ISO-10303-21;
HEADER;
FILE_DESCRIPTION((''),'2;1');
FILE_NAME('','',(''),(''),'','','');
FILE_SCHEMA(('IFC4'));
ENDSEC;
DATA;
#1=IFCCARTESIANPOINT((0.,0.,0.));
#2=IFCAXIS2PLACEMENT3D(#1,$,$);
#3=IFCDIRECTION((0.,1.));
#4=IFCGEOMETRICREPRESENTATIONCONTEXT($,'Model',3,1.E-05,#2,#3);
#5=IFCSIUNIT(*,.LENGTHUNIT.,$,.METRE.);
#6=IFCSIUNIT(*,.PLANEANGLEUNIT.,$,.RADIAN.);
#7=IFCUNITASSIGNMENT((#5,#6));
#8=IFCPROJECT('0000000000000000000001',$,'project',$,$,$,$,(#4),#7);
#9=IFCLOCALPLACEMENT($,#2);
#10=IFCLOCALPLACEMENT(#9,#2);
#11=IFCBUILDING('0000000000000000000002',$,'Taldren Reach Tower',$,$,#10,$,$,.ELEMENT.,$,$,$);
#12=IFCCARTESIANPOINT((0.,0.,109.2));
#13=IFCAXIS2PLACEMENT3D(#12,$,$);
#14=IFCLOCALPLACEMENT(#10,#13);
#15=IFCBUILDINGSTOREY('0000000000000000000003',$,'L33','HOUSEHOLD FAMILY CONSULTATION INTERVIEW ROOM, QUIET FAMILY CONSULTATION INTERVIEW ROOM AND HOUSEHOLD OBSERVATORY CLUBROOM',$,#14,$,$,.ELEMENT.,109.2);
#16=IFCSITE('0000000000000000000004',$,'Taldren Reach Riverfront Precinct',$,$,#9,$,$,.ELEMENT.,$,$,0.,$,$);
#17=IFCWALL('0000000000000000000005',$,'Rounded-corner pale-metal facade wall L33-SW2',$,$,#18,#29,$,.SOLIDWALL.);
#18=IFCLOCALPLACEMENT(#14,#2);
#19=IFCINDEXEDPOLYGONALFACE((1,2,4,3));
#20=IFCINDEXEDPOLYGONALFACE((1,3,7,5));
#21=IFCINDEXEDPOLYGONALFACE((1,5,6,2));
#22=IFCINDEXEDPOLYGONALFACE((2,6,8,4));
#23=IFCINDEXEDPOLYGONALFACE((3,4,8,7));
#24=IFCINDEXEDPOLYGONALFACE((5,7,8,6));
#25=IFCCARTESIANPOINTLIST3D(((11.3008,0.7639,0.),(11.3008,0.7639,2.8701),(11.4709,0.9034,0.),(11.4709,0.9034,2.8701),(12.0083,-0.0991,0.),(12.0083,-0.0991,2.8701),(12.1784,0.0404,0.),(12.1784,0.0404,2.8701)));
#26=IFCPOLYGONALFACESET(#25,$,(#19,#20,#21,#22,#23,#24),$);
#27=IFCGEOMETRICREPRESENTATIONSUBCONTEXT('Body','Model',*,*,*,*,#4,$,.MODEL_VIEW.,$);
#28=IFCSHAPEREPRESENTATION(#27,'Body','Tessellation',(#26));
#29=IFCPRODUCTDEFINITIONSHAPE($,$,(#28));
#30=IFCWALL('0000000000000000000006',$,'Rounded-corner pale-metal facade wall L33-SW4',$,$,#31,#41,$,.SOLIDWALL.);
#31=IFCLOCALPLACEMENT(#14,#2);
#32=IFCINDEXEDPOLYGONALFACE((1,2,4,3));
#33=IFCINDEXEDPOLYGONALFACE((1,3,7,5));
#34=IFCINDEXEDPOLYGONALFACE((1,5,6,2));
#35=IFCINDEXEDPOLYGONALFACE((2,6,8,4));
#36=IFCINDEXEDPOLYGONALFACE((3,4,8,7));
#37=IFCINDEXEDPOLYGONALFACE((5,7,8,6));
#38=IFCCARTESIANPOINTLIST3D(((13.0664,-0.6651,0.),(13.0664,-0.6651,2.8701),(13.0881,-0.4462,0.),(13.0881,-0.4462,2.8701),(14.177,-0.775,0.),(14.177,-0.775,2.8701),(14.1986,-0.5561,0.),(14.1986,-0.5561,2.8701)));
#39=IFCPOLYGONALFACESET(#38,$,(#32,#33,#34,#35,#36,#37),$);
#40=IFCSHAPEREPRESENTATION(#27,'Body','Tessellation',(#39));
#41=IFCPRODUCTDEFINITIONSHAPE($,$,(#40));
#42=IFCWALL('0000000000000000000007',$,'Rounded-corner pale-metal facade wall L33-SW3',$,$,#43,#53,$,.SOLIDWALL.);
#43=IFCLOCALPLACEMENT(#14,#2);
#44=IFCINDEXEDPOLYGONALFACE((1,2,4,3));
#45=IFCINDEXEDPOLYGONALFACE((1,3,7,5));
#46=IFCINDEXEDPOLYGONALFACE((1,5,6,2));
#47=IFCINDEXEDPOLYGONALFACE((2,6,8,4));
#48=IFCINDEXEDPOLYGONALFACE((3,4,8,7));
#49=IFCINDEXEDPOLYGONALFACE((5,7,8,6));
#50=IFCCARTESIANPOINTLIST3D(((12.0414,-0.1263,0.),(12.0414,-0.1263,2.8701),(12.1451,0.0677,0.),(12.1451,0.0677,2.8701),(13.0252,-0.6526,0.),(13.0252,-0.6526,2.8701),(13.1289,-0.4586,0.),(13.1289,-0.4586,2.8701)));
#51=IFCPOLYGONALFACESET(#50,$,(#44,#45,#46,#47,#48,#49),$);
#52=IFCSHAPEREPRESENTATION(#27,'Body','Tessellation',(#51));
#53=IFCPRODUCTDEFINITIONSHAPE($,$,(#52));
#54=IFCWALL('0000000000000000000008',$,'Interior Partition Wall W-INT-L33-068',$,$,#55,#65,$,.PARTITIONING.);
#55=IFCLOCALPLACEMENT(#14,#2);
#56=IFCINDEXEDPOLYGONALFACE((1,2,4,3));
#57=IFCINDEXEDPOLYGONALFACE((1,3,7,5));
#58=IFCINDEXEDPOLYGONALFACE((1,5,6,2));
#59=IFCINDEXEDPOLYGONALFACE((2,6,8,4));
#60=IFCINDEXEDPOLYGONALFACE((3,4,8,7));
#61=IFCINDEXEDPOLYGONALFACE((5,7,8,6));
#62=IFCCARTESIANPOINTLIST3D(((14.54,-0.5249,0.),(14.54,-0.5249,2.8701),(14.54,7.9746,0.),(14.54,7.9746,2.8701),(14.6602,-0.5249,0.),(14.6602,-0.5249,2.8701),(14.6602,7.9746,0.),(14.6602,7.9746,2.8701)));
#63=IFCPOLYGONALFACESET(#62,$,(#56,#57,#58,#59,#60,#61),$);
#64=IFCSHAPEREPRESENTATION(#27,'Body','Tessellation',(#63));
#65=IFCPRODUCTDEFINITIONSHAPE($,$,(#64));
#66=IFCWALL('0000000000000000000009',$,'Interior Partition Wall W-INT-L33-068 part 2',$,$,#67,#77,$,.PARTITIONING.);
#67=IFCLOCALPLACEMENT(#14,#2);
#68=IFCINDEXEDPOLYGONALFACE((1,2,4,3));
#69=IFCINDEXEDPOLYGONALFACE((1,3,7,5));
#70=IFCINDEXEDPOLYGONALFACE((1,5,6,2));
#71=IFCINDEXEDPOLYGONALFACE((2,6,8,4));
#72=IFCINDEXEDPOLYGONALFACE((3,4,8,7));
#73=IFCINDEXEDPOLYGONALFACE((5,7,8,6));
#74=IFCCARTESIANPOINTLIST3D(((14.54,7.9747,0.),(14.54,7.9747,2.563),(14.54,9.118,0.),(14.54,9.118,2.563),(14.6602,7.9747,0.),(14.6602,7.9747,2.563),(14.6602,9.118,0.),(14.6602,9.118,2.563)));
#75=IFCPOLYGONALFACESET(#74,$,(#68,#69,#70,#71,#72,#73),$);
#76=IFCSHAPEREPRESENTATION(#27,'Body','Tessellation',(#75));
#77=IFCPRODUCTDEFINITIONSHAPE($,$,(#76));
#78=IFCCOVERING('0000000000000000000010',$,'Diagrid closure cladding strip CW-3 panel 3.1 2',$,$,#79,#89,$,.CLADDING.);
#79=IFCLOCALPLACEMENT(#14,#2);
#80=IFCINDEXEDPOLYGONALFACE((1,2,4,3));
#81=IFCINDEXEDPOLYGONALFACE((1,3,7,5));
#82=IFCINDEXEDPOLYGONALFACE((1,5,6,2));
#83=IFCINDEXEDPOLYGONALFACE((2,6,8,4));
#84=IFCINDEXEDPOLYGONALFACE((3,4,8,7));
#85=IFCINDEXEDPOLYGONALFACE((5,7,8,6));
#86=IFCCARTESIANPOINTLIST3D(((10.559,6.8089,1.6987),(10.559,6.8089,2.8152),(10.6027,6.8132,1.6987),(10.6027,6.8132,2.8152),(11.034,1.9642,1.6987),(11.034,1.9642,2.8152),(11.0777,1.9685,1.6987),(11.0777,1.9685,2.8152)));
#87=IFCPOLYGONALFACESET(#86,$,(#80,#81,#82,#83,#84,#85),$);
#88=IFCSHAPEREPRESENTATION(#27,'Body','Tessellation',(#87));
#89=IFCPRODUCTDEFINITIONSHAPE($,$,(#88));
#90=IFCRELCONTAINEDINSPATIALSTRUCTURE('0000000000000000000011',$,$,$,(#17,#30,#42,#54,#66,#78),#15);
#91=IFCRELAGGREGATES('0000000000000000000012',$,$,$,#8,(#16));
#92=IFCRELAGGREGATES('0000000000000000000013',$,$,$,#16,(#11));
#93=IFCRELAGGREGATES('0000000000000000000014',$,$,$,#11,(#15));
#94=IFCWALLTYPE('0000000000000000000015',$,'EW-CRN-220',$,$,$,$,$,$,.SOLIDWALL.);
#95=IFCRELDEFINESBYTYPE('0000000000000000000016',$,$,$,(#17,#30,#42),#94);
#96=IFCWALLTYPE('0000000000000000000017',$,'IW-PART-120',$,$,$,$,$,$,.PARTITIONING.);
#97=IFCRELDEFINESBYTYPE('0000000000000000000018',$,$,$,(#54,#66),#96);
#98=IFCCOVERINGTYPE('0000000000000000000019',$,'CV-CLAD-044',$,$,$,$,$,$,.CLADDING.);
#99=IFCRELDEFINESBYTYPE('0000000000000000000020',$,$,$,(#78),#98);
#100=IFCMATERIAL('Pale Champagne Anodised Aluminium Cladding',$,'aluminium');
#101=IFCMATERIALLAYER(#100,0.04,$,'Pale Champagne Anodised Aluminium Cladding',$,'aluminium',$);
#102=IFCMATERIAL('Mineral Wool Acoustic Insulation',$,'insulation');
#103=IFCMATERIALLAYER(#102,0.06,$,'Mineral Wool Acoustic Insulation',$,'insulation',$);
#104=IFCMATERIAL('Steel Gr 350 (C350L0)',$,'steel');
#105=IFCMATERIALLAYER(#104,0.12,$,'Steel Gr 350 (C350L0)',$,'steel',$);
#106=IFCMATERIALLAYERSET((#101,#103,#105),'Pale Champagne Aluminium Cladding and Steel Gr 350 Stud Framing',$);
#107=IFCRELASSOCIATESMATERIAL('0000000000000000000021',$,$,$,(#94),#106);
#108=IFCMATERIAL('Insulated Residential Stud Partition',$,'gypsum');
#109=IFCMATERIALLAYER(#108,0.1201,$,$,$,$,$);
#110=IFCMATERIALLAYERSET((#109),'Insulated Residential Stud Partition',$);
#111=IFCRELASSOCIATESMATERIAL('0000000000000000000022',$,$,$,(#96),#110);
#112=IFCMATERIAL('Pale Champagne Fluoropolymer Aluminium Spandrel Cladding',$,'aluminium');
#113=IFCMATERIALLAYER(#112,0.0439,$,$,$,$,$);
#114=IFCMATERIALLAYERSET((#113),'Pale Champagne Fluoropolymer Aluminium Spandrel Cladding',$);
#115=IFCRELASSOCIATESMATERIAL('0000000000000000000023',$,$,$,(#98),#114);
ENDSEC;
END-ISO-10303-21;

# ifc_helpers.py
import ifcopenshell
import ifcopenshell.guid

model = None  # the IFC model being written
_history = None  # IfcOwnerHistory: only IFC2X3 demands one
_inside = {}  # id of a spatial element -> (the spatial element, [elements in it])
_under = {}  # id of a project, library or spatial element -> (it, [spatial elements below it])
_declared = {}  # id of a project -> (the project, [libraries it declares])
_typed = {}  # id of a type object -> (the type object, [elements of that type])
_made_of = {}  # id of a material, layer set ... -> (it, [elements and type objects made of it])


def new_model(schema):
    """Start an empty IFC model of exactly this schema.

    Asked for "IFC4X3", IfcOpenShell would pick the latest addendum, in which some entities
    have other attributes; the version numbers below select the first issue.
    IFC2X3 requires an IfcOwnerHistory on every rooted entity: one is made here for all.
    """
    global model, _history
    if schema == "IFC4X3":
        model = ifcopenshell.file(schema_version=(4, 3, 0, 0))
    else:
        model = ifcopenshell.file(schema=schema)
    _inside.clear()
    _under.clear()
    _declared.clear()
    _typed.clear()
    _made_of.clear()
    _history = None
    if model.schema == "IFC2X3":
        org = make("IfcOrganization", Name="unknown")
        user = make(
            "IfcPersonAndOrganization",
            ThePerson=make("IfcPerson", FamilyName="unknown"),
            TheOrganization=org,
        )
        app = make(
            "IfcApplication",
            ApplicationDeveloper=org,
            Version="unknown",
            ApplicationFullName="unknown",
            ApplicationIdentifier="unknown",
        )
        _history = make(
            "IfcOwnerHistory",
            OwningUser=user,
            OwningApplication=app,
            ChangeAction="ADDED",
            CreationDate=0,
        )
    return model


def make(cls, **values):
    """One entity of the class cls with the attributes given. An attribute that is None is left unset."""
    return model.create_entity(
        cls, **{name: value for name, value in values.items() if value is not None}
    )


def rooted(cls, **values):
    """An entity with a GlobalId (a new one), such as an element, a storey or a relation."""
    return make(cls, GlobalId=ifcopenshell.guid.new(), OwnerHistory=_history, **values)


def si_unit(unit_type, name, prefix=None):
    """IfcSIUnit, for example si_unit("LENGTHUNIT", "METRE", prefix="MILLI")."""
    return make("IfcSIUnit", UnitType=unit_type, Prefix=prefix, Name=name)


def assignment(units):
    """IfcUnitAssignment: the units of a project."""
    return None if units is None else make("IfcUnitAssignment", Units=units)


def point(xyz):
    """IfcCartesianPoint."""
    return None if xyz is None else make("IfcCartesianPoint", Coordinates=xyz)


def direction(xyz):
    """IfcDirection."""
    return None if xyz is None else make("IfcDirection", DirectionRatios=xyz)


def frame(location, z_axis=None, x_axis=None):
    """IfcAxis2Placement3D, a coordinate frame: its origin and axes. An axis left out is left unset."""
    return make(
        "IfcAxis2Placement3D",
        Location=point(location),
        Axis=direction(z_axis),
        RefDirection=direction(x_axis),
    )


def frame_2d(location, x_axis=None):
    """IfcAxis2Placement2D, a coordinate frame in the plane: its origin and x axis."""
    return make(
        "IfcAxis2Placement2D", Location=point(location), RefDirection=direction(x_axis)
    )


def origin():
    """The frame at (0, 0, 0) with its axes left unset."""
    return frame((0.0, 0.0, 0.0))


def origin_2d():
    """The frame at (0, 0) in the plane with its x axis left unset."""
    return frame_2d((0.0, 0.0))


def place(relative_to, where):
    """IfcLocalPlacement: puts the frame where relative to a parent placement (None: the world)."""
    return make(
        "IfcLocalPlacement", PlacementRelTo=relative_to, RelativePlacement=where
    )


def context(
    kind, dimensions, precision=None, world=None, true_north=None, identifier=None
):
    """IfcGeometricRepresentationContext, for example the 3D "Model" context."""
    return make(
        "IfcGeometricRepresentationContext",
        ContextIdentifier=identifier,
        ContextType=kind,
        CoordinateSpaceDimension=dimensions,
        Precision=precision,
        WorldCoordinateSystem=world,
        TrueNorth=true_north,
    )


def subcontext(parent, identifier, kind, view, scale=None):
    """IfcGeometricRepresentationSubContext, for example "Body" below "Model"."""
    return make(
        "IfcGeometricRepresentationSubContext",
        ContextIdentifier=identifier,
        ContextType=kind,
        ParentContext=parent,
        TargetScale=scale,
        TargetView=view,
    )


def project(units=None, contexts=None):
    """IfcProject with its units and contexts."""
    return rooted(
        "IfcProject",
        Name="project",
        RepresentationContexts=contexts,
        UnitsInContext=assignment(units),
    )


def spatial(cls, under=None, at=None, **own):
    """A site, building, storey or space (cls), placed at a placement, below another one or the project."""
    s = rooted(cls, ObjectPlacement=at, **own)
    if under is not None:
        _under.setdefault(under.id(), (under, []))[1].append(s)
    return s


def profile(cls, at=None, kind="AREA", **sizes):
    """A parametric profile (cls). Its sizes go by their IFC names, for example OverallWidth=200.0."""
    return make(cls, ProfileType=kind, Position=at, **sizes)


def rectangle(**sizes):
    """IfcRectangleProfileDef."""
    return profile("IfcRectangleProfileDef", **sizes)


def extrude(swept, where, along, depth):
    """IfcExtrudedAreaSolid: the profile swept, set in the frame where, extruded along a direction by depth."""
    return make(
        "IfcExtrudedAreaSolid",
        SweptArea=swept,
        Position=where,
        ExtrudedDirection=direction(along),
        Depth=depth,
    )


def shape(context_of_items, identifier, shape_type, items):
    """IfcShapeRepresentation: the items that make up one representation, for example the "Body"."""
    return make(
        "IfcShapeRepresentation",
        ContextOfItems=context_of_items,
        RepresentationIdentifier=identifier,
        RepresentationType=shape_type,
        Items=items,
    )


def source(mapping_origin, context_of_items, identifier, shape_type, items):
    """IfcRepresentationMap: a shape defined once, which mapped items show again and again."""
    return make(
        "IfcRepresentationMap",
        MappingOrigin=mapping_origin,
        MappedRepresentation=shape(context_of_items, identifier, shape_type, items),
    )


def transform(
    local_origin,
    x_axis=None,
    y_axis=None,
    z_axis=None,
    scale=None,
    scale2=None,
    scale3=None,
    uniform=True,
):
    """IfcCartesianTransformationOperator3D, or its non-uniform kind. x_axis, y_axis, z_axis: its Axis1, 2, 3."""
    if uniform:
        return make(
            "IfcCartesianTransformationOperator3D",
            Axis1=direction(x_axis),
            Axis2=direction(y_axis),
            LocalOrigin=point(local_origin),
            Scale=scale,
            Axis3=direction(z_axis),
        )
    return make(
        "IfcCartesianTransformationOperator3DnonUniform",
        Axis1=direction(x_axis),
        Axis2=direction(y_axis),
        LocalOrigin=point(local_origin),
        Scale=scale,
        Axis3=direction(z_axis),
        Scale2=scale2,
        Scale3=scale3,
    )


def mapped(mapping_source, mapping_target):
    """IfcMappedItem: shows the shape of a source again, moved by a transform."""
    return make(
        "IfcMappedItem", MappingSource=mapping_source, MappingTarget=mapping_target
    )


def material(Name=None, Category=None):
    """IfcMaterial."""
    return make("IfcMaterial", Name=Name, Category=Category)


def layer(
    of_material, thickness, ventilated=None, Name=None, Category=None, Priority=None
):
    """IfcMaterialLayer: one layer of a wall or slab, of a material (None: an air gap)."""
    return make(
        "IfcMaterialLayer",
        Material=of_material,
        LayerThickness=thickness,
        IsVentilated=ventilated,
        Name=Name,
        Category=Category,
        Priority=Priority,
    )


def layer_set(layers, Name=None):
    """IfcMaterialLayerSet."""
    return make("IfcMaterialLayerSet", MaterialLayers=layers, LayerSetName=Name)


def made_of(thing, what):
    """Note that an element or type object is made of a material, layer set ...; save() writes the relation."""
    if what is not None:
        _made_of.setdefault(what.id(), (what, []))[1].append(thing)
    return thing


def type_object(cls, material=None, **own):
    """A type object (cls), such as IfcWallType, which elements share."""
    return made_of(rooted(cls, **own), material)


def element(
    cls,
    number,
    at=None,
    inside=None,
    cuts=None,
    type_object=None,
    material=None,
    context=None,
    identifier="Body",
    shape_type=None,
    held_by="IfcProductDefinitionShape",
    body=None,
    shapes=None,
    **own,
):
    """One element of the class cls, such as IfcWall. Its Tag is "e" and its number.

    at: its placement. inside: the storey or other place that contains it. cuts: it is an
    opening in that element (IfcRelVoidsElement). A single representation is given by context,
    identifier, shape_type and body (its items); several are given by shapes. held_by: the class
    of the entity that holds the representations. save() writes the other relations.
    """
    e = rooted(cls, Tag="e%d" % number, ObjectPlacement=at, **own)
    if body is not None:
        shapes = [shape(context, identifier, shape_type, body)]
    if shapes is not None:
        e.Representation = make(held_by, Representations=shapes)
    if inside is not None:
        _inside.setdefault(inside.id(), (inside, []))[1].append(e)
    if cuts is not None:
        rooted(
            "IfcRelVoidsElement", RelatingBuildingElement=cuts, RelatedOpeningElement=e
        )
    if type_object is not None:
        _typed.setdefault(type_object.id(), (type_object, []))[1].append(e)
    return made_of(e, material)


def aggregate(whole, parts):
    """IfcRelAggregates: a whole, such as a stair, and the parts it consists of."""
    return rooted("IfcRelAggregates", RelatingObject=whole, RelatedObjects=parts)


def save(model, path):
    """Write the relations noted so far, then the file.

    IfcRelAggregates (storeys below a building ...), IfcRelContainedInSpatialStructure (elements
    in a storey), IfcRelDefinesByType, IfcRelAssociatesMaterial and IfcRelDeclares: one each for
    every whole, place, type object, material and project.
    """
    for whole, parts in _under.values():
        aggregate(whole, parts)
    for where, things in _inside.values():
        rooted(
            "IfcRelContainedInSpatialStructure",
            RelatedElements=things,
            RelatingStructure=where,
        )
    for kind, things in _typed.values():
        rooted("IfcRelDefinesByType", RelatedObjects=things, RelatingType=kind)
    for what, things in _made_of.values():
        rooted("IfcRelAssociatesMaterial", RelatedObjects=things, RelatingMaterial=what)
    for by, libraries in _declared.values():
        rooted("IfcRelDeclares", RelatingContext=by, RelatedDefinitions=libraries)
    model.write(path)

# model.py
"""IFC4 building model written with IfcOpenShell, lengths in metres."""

from ifc_helpers import new_model, si_unit, direction, frame, frame_2d, origin, origin_2d, place, context, subcontext, project, spatial, rectangle, extrude, source, transform, mapped, material, layer, layer_set, type_object, element, save


model = new_model("IFC4")

# Units and contexts
model_context = context("Model", 3, precision=1e-05, world=origin(), true_north=direction((0.0, 1.0)))
body_context = subcontext(model_context, "Body", "Model", "MODEL_VIEW")
ifc_project = project(units=[si_unit("LENGTHUNIT", "METRE"), si_unit("PLANEANGLEUNIT", "RADIAN")], contexts=[model_context])

# Site, building, storey
site_placement = place(None, origin())
site = spatial("IfcSite", under=ifc_project, at=site_placement, Name="Taldren Reach Riverfront Precinct", CompositionType="ELEMENT", RefElevation=0.0)
building_placement = place(site_placement, origin())
building = spatial("IfcBuilding", under=site, at=building_placement, Name="Taldren Reach Tower", CompositionType="ELEMENT")
storey_placement = place(building_placement, frame((0.0, 0.0, 109.2)))
storey = spatial("IfcBuildingStorey", under=building, at=storey_placement, Name="L33", Description="HOUSEHOLD FAMILY CONSULTATION INTERVIEW ROOM, QUIET FAMILY CONSULTATION INTERVIEW ROOM AND HOUSEHOLD OBSERVATORY CLUBROOM", CompositionType="ELEMENT", Elevation=109.2)

# Shared definitions
ifc_material_1 = material(Name="Steel Gr 350 (C350L0)", Category="steel")

# Walls
ifc_material_2 = material(Name="Pale Champagne Anodised Aluminium Cladding", Category="aluminium")
ifc_layer_1 = layer(ifc_material_2, 0.04, Name="Pale Champagne Anodised Aluminium Cladding", Category="aluminium")
ifc_material_3 = material(Name="Mineral Wool Acoustic Insulation", Category="insulation")
ifc_layer_2 = layer(ifc_material_3, 0.06, Name="Mineral Wool Acoustic Insulation", Category="insulation")
ifc_layer_3 = layer(ifc_material_1, 0.12, Name="Steel Gr 350 (C350L0)", Category="steel")
ifc_layer_set_1 = layer_set([ifc_layer_1, ifc_layer_2, ifc_layer_3], Name="Pale Champagne Aluminium Cladding and Steel Gr 350 Stud Framing")
wall_type_1 = type_object("IfcWallType", Name="EW-CRN-220", PredefinedType="SOLIDWALL", material=ifc_layer_set_1)
shared_shape_1 = source(origin(), body_context, "Body", "SweptSolid", [
    extrude(rectangle(XDim=1.116, YDim=0.22, at=frame_2d((0.5581, 0.0))), origin(), (0.0, 0.0, 1.0), 2.8701),
])
for number, where, z_axis, x_axis, name in (
    (1, (11.3857, 0.8337, 0.0), (0.0, 0.0, 1.0), (0.633988, -0.773343, 0.0), "Rounded-corner pale-metal facade wall L33-SW2"),
    (2, (13.0771, -0.5557, 0.0), (0.0, 0.0, 1.0), (0.995143, -0.098442, 0.0), "Rounded-corner pale-metal facade wall L33-SW4"),
):
    element("IfcWall", number, at=place(storey_placement, frame(where, z_axis=z_axis, x_axis=x_axis)), inside=storey, type_object=wall_type_1, Name=name, PredefinedType="SOLIDWALL", context=body_context, shape_type="MappedRepresentation", body=[
        mapped(shared_shape_1, transform((0.0, 0.0, 0.0), scale=1.0)),
    ])
shared_shape_2 = source(origin(), body_context, "Body", "SweptSolid", [
    extrude(rectangle(XDim=1.1157, YDim=0.22, at=frame_2d((0.5579, 0.0))), origin(), (0.0, 0.0, 1.0), 2.8701),
])
wall_1_placement = place(storey_placement, frame((12.0933, -0.0293, 0.0), z_axis=(0.0, 0.0, 1.0), x_axis=(0.881747, -0.471723, 0.0)))
element("IfcWall", 3, at=wall_1_placement, inside=storey, type_object=wall_type_1, Name="Rounded-corner pale-metal facade wall L33-SW3", PredefinedType="SOLIDWALL", context=body_context, shape_type="MappedRepresentation", body=[
    mapped(shared_shape_2, transform((0.0, 0.0, 0.0), scale=1.0)),
])
ifc_material_4 = material(Name="Insulated Residential Stud Partition", Category="gypsum")
ifc_layer_4 = layer(ifc_material_4, 0.1201)
ifc_layer_set_2 = layer_set([ifc_layer_4], Name="Insulated Residential Stud Partition")
wall_type_2 = type_object("IfcWallType", Name="IW-PART-120", PredefinedType="PARTITIONING", material=ifc_layer_set_2)
shared_shape_3 = source(origin(), body_context, "Body", "SweptSolid", [
    extrude(rectangle(XDim=8.4995, YDim=0.1201, at=frame_2d((4.2498, 0.0))), origin(), (0.0, 0.0, 1.0), 2.8701),
])
wall_2_placement = place(storey_placement, frame((14.6001, -0.5249, 0.0), z_axis=(0.0, 0.0, 1.0), x_axis=(0.0, 1.0, 0.0)))
element("IfcWall", 4, at=wall_2_placement, inside=storey, type_object=wall_type_2, Name="Interior Partition Wall W-INT-L33-068", PredefinedType="PARTITIONING", context=body_context, shape_type="MappedRepresentation", body=[
    mapped(shared_shape_3, transform((0.0, 0.0, 0.0), scale=1.0)),
])
shared_shape_4 = source(origin(), body_context, "Body", "SweptSolid", [
    extrude(rectangle(XDim=1.1433, YDim=0.1201, at=frame_2d((0.5718, 0.0))), origin(), (0.0, 0.0, 1.0), 2.563),
])
wall_3_placement = place(storey_placement, frame((14.6001, 7.9746, 0.0), z_axis=(0.0, 0.0, 1.0), x_axis=(0.0, 1.0, 0.0)))
element("IfcWall", 5, at=wall_3_placement, inside=storey, type_object=wall_type_2, Name="Interior Partition Wall W-INT-L33-068 part 2", PredefinedType="PARTITIONING", context=body_context, shape_type="MappedRepresentation", body=[
    mapped(shared_shape_4, transform((0.0, 0.0, 0.0), scale=1.0)),
])

# Covering
ifc_material_5 = material(Name="Pale Champagne Fluoropolymer Aluminium Spandrel Cladding", Category="aluminium")
ifc_layer_5 = layer(ifc_material_5, 0.0439)
ifc_layer_set_3 = layer_set([ifc_layer_5], Name="Pale Champagne Fluoropolymer Aluminium Spandrel Cladding")
covering_type = type_object("IfcCoveringType", Name="CV-CLAD-044", PredefinedType="CLADDING", material=ifc_layer_set_3)
shared_shape_5 = source(origin(), body_context, "Body", "SweptSolid", [
    extrude(rectangle(XDim=4.8679, YDim=0.0439, at=origin_2d()), origin(), (0.0, 0.0, 1.0), 1.1165),
])
covering_placement = place(storey_placement, frame((10.8184, 4.3887, 1.6987), z_axis=(0.0, 0.0, 1.0), x_axis=(0.097583, -0.995227, 0.0)))
element("IfcCovering", 6, at=covering_placement, inside=storey, type_object=covering_type, Name="Diagrid closure cladding strip CW-3 panel 3.1 2", PredefinedType="CLADDING", context=body_context, shape_type="MappedRepresentation", body=[
    mapped(shared_shape_5, transform((0.0, 0.0, 0.0), scale=1.0)),
])

save(model, "model.ifc")
